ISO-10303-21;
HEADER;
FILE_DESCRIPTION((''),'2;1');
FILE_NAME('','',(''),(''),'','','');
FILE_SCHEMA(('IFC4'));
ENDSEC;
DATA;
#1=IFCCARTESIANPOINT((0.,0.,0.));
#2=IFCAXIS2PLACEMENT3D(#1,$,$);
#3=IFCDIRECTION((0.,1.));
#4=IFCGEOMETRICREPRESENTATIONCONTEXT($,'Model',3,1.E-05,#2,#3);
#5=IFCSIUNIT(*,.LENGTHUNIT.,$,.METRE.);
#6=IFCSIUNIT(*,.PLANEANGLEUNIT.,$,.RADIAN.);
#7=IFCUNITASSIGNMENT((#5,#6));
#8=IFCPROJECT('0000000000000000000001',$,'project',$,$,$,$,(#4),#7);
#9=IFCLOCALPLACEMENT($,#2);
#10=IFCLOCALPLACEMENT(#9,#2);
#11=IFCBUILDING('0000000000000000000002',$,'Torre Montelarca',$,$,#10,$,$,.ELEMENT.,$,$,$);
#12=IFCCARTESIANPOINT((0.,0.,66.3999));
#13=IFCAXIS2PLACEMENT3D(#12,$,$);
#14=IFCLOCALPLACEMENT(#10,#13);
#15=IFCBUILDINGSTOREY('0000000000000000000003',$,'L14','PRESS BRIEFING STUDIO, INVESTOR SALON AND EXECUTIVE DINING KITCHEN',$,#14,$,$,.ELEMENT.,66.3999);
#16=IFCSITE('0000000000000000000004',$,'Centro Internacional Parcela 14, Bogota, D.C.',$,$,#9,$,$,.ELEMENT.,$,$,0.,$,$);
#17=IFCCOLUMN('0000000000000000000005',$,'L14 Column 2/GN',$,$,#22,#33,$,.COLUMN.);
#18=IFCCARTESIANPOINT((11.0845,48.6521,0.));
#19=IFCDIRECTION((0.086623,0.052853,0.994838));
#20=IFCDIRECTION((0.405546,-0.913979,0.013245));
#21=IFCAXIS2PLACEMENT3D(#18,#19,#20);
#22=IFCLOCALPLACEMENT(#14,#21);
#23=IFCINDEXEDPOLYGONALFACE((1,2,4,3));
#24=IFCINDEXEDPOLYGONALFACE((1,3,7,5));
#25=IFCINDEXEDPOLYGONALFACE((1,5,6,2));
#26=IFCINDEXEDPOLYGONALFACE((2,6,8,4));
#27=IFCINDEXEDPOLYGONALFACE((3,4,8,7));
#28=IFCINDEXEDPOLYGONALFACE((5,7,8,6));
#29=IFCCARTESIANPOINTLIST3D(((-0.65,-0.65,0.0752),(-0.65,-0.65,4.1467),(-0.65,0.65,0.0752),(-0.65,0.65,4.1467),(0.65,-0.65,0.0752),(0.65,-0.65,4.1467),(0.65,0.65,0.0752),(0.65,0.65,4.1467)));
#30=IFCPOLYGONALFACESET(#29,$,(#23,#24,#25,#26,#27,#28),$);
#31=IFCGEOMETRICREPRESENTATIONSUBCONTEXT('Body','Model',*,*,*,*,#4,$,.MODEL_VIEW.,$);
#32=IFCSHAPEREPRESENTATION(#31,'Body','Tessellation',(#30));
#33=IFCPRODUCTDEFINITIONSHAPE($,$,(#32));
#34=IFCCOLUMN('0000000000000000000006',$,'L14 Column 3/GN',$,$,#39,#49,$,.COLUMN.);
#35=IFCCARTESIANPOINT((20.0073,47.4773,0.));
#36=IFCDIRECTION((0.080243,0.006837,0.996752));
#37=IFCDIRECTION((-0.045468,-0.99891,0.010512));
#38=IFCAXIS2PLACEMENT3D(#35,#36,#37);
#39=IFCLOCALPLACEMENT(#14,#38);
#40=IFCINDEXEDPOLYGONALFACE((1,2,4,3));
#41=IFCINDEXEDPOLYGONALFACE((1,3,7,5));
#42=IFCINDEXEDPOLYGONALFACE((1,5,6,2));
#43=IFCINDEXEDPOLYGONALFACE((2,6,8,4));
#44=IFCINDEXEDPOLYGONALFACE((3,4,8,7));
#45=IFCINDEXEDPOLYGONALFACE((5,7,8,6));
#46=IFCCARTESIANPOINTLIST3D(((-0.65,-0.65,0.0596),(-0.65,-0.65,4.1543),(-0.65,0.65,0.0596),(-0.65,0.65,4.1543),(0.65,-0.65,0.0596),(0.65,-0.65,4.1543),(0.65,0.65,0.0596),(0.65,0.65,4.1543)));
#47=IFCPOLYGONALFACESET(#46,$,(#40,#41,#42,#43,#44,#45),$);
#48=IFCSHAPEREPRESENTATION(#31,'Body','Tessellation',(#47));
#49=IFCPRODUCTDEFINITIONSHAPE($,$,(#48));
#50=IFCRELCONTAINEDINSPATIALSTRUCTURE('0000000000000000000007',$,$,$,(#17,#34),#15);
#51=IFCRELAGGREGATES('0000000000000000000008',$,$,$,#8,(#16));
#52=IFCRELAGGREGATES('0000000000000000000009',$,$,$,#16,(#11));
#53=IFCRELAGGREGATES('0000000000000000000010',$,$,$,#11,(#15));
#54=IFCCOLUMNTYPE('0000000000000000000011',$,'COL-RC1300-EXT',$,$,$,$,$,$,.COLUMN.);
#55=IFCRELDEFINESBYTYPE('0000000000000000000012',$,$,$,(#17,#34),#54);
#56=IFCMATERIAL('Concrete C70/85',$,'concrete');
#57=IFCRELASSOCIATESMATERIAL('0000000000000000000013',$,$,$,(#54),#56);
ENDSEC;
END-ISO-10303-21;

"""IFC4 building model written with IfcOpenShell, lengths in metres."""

from ifc_helpers import new_model, si_unit, direction, frame, origin, origin_2d, place, context, subcontext, project, spatial, rectangle, extrude, clip, halfspace, material, material_profile, profile_set, type_object, element, save


model = new_model("IFC4")

# Units and contexts
model_context = context("Model", 3, precision=1e-05, world=origin(), true_north=direction((0.0, 1.0)))
body_context = subcontext(model_context, "Body", "Model", "MODEL_VIEW")
ifc_project = project(units=[si_unit("LENGTHUNIT", "METRE"), si_unit("PLANEANGLEUNIT", "RADIAN")], contexts=[model_context])

# Site, building, storey
site_placement = place(None, origin())
site = spatial("IfcSite", under=ifc_project, at=site_placement, Name="Centro Internacional Parcela 14, Bogota, D.C.", CompositionType="ELEMENT", RefElevation=0.0)
building_placement = place(site_placement, origin())
building = spatial("IfcBuilding", under=site, at=building_placement, Name="Torre Montelarca", CompositionType="ELEMENT")
storey_placement = place(building_placement, frame((0.0, 0.0, 66.3999)))
storey = spatial("IfcBuildingStorey", under=building, at=storey_placement, Name="L14", Description="PRESS BRIEFING STUDIO, INVESTOR SALON AND EXECUTIVE DINING KITCHEN", CompositionType="ELEMENT", Elevation=66.3999)

# Columns
ifc_material_1 = material(Name="Concrete C70/85", Category="concrete")
ifc_material_profile_1 = material_profile(ifc_material_1, rectangle(XDim=1.3, YDim=1.3, at=origin_2d()), Name="RC1300X1300", Category="concrete")
ifc_profile_set_1 = profile_set([ifc_material_profile_1], Name="Concrete C70/85")
column_type_1 = type_object("IfcColumnType", Name="COL-RC1300-EXT", PredefinedType="COLUMN", material=ifc_profile_set_1)
column_1_placement = place(storey_placement, frame((11.0845, 48.6521, 0.0), z_axis=(0.086623, 0.052853, 0.994838), x_axis=(0.405546, -0.913979, 0.013245)))
element("IfcColumn", 1, at=column_1_placement, inside=storey, type_object=column_type_1, Name="L14 Column 2/GN", PredefinedType="COLUMN", context=body_context, shape_type="Clipping", body=[
    clip(clip(extrude(rectangle(XDim=1.3, YDim=1.3, at=origin_2d()), origin(), (0.0, 0.0, 1.0), 4.2219), halfspace(frame((0.0, 0.0, 0.0752), z_axis=(0.0, 0.0, -1.0), x_axis=(1.0, 0.0, 0.0)), False)), halfspace(frame((0.0, 0.0, 4.1467), z_axis=(0.0, 0.0, 1.0), x_axis=(1.0, 0.0, 0.0)), False)),
])
column_2_placement = place(storey_placement, frame((20.0073, 47.4773, 0.0), z_axis=(0.080243, 0.006837, 0.996752), x_axis=(-0.045468, -0.99891, 0.010512)))
element("IfcColumn", 2, at=column_2_placement, inside=storey, type_object=column_type_1, Name="L14 Column 3/GN", PredefinedType="COLUMN", context=body_context, shape_type="Clipping", body=[
    clip(clip(extrude(rectangle(XDim=1.3, YDim=1.3, at=origin_2d()), origin(), (0.0, 0.0, 1.0), 4.2139), halfspace(frame((0.0, 0.0, 0.0596), z_axis=(0.0, 0.0, -1.0), x_axis=(1.0, 0.0, 0.0)), False)), halfspace(frame((0.0, 0.0, 4.1543), z_axis=(0.0, 0.0, 1.0), x_axis=(1.0, 0.0, 0.0)), False)),
])

save(model, "model.ifc")
